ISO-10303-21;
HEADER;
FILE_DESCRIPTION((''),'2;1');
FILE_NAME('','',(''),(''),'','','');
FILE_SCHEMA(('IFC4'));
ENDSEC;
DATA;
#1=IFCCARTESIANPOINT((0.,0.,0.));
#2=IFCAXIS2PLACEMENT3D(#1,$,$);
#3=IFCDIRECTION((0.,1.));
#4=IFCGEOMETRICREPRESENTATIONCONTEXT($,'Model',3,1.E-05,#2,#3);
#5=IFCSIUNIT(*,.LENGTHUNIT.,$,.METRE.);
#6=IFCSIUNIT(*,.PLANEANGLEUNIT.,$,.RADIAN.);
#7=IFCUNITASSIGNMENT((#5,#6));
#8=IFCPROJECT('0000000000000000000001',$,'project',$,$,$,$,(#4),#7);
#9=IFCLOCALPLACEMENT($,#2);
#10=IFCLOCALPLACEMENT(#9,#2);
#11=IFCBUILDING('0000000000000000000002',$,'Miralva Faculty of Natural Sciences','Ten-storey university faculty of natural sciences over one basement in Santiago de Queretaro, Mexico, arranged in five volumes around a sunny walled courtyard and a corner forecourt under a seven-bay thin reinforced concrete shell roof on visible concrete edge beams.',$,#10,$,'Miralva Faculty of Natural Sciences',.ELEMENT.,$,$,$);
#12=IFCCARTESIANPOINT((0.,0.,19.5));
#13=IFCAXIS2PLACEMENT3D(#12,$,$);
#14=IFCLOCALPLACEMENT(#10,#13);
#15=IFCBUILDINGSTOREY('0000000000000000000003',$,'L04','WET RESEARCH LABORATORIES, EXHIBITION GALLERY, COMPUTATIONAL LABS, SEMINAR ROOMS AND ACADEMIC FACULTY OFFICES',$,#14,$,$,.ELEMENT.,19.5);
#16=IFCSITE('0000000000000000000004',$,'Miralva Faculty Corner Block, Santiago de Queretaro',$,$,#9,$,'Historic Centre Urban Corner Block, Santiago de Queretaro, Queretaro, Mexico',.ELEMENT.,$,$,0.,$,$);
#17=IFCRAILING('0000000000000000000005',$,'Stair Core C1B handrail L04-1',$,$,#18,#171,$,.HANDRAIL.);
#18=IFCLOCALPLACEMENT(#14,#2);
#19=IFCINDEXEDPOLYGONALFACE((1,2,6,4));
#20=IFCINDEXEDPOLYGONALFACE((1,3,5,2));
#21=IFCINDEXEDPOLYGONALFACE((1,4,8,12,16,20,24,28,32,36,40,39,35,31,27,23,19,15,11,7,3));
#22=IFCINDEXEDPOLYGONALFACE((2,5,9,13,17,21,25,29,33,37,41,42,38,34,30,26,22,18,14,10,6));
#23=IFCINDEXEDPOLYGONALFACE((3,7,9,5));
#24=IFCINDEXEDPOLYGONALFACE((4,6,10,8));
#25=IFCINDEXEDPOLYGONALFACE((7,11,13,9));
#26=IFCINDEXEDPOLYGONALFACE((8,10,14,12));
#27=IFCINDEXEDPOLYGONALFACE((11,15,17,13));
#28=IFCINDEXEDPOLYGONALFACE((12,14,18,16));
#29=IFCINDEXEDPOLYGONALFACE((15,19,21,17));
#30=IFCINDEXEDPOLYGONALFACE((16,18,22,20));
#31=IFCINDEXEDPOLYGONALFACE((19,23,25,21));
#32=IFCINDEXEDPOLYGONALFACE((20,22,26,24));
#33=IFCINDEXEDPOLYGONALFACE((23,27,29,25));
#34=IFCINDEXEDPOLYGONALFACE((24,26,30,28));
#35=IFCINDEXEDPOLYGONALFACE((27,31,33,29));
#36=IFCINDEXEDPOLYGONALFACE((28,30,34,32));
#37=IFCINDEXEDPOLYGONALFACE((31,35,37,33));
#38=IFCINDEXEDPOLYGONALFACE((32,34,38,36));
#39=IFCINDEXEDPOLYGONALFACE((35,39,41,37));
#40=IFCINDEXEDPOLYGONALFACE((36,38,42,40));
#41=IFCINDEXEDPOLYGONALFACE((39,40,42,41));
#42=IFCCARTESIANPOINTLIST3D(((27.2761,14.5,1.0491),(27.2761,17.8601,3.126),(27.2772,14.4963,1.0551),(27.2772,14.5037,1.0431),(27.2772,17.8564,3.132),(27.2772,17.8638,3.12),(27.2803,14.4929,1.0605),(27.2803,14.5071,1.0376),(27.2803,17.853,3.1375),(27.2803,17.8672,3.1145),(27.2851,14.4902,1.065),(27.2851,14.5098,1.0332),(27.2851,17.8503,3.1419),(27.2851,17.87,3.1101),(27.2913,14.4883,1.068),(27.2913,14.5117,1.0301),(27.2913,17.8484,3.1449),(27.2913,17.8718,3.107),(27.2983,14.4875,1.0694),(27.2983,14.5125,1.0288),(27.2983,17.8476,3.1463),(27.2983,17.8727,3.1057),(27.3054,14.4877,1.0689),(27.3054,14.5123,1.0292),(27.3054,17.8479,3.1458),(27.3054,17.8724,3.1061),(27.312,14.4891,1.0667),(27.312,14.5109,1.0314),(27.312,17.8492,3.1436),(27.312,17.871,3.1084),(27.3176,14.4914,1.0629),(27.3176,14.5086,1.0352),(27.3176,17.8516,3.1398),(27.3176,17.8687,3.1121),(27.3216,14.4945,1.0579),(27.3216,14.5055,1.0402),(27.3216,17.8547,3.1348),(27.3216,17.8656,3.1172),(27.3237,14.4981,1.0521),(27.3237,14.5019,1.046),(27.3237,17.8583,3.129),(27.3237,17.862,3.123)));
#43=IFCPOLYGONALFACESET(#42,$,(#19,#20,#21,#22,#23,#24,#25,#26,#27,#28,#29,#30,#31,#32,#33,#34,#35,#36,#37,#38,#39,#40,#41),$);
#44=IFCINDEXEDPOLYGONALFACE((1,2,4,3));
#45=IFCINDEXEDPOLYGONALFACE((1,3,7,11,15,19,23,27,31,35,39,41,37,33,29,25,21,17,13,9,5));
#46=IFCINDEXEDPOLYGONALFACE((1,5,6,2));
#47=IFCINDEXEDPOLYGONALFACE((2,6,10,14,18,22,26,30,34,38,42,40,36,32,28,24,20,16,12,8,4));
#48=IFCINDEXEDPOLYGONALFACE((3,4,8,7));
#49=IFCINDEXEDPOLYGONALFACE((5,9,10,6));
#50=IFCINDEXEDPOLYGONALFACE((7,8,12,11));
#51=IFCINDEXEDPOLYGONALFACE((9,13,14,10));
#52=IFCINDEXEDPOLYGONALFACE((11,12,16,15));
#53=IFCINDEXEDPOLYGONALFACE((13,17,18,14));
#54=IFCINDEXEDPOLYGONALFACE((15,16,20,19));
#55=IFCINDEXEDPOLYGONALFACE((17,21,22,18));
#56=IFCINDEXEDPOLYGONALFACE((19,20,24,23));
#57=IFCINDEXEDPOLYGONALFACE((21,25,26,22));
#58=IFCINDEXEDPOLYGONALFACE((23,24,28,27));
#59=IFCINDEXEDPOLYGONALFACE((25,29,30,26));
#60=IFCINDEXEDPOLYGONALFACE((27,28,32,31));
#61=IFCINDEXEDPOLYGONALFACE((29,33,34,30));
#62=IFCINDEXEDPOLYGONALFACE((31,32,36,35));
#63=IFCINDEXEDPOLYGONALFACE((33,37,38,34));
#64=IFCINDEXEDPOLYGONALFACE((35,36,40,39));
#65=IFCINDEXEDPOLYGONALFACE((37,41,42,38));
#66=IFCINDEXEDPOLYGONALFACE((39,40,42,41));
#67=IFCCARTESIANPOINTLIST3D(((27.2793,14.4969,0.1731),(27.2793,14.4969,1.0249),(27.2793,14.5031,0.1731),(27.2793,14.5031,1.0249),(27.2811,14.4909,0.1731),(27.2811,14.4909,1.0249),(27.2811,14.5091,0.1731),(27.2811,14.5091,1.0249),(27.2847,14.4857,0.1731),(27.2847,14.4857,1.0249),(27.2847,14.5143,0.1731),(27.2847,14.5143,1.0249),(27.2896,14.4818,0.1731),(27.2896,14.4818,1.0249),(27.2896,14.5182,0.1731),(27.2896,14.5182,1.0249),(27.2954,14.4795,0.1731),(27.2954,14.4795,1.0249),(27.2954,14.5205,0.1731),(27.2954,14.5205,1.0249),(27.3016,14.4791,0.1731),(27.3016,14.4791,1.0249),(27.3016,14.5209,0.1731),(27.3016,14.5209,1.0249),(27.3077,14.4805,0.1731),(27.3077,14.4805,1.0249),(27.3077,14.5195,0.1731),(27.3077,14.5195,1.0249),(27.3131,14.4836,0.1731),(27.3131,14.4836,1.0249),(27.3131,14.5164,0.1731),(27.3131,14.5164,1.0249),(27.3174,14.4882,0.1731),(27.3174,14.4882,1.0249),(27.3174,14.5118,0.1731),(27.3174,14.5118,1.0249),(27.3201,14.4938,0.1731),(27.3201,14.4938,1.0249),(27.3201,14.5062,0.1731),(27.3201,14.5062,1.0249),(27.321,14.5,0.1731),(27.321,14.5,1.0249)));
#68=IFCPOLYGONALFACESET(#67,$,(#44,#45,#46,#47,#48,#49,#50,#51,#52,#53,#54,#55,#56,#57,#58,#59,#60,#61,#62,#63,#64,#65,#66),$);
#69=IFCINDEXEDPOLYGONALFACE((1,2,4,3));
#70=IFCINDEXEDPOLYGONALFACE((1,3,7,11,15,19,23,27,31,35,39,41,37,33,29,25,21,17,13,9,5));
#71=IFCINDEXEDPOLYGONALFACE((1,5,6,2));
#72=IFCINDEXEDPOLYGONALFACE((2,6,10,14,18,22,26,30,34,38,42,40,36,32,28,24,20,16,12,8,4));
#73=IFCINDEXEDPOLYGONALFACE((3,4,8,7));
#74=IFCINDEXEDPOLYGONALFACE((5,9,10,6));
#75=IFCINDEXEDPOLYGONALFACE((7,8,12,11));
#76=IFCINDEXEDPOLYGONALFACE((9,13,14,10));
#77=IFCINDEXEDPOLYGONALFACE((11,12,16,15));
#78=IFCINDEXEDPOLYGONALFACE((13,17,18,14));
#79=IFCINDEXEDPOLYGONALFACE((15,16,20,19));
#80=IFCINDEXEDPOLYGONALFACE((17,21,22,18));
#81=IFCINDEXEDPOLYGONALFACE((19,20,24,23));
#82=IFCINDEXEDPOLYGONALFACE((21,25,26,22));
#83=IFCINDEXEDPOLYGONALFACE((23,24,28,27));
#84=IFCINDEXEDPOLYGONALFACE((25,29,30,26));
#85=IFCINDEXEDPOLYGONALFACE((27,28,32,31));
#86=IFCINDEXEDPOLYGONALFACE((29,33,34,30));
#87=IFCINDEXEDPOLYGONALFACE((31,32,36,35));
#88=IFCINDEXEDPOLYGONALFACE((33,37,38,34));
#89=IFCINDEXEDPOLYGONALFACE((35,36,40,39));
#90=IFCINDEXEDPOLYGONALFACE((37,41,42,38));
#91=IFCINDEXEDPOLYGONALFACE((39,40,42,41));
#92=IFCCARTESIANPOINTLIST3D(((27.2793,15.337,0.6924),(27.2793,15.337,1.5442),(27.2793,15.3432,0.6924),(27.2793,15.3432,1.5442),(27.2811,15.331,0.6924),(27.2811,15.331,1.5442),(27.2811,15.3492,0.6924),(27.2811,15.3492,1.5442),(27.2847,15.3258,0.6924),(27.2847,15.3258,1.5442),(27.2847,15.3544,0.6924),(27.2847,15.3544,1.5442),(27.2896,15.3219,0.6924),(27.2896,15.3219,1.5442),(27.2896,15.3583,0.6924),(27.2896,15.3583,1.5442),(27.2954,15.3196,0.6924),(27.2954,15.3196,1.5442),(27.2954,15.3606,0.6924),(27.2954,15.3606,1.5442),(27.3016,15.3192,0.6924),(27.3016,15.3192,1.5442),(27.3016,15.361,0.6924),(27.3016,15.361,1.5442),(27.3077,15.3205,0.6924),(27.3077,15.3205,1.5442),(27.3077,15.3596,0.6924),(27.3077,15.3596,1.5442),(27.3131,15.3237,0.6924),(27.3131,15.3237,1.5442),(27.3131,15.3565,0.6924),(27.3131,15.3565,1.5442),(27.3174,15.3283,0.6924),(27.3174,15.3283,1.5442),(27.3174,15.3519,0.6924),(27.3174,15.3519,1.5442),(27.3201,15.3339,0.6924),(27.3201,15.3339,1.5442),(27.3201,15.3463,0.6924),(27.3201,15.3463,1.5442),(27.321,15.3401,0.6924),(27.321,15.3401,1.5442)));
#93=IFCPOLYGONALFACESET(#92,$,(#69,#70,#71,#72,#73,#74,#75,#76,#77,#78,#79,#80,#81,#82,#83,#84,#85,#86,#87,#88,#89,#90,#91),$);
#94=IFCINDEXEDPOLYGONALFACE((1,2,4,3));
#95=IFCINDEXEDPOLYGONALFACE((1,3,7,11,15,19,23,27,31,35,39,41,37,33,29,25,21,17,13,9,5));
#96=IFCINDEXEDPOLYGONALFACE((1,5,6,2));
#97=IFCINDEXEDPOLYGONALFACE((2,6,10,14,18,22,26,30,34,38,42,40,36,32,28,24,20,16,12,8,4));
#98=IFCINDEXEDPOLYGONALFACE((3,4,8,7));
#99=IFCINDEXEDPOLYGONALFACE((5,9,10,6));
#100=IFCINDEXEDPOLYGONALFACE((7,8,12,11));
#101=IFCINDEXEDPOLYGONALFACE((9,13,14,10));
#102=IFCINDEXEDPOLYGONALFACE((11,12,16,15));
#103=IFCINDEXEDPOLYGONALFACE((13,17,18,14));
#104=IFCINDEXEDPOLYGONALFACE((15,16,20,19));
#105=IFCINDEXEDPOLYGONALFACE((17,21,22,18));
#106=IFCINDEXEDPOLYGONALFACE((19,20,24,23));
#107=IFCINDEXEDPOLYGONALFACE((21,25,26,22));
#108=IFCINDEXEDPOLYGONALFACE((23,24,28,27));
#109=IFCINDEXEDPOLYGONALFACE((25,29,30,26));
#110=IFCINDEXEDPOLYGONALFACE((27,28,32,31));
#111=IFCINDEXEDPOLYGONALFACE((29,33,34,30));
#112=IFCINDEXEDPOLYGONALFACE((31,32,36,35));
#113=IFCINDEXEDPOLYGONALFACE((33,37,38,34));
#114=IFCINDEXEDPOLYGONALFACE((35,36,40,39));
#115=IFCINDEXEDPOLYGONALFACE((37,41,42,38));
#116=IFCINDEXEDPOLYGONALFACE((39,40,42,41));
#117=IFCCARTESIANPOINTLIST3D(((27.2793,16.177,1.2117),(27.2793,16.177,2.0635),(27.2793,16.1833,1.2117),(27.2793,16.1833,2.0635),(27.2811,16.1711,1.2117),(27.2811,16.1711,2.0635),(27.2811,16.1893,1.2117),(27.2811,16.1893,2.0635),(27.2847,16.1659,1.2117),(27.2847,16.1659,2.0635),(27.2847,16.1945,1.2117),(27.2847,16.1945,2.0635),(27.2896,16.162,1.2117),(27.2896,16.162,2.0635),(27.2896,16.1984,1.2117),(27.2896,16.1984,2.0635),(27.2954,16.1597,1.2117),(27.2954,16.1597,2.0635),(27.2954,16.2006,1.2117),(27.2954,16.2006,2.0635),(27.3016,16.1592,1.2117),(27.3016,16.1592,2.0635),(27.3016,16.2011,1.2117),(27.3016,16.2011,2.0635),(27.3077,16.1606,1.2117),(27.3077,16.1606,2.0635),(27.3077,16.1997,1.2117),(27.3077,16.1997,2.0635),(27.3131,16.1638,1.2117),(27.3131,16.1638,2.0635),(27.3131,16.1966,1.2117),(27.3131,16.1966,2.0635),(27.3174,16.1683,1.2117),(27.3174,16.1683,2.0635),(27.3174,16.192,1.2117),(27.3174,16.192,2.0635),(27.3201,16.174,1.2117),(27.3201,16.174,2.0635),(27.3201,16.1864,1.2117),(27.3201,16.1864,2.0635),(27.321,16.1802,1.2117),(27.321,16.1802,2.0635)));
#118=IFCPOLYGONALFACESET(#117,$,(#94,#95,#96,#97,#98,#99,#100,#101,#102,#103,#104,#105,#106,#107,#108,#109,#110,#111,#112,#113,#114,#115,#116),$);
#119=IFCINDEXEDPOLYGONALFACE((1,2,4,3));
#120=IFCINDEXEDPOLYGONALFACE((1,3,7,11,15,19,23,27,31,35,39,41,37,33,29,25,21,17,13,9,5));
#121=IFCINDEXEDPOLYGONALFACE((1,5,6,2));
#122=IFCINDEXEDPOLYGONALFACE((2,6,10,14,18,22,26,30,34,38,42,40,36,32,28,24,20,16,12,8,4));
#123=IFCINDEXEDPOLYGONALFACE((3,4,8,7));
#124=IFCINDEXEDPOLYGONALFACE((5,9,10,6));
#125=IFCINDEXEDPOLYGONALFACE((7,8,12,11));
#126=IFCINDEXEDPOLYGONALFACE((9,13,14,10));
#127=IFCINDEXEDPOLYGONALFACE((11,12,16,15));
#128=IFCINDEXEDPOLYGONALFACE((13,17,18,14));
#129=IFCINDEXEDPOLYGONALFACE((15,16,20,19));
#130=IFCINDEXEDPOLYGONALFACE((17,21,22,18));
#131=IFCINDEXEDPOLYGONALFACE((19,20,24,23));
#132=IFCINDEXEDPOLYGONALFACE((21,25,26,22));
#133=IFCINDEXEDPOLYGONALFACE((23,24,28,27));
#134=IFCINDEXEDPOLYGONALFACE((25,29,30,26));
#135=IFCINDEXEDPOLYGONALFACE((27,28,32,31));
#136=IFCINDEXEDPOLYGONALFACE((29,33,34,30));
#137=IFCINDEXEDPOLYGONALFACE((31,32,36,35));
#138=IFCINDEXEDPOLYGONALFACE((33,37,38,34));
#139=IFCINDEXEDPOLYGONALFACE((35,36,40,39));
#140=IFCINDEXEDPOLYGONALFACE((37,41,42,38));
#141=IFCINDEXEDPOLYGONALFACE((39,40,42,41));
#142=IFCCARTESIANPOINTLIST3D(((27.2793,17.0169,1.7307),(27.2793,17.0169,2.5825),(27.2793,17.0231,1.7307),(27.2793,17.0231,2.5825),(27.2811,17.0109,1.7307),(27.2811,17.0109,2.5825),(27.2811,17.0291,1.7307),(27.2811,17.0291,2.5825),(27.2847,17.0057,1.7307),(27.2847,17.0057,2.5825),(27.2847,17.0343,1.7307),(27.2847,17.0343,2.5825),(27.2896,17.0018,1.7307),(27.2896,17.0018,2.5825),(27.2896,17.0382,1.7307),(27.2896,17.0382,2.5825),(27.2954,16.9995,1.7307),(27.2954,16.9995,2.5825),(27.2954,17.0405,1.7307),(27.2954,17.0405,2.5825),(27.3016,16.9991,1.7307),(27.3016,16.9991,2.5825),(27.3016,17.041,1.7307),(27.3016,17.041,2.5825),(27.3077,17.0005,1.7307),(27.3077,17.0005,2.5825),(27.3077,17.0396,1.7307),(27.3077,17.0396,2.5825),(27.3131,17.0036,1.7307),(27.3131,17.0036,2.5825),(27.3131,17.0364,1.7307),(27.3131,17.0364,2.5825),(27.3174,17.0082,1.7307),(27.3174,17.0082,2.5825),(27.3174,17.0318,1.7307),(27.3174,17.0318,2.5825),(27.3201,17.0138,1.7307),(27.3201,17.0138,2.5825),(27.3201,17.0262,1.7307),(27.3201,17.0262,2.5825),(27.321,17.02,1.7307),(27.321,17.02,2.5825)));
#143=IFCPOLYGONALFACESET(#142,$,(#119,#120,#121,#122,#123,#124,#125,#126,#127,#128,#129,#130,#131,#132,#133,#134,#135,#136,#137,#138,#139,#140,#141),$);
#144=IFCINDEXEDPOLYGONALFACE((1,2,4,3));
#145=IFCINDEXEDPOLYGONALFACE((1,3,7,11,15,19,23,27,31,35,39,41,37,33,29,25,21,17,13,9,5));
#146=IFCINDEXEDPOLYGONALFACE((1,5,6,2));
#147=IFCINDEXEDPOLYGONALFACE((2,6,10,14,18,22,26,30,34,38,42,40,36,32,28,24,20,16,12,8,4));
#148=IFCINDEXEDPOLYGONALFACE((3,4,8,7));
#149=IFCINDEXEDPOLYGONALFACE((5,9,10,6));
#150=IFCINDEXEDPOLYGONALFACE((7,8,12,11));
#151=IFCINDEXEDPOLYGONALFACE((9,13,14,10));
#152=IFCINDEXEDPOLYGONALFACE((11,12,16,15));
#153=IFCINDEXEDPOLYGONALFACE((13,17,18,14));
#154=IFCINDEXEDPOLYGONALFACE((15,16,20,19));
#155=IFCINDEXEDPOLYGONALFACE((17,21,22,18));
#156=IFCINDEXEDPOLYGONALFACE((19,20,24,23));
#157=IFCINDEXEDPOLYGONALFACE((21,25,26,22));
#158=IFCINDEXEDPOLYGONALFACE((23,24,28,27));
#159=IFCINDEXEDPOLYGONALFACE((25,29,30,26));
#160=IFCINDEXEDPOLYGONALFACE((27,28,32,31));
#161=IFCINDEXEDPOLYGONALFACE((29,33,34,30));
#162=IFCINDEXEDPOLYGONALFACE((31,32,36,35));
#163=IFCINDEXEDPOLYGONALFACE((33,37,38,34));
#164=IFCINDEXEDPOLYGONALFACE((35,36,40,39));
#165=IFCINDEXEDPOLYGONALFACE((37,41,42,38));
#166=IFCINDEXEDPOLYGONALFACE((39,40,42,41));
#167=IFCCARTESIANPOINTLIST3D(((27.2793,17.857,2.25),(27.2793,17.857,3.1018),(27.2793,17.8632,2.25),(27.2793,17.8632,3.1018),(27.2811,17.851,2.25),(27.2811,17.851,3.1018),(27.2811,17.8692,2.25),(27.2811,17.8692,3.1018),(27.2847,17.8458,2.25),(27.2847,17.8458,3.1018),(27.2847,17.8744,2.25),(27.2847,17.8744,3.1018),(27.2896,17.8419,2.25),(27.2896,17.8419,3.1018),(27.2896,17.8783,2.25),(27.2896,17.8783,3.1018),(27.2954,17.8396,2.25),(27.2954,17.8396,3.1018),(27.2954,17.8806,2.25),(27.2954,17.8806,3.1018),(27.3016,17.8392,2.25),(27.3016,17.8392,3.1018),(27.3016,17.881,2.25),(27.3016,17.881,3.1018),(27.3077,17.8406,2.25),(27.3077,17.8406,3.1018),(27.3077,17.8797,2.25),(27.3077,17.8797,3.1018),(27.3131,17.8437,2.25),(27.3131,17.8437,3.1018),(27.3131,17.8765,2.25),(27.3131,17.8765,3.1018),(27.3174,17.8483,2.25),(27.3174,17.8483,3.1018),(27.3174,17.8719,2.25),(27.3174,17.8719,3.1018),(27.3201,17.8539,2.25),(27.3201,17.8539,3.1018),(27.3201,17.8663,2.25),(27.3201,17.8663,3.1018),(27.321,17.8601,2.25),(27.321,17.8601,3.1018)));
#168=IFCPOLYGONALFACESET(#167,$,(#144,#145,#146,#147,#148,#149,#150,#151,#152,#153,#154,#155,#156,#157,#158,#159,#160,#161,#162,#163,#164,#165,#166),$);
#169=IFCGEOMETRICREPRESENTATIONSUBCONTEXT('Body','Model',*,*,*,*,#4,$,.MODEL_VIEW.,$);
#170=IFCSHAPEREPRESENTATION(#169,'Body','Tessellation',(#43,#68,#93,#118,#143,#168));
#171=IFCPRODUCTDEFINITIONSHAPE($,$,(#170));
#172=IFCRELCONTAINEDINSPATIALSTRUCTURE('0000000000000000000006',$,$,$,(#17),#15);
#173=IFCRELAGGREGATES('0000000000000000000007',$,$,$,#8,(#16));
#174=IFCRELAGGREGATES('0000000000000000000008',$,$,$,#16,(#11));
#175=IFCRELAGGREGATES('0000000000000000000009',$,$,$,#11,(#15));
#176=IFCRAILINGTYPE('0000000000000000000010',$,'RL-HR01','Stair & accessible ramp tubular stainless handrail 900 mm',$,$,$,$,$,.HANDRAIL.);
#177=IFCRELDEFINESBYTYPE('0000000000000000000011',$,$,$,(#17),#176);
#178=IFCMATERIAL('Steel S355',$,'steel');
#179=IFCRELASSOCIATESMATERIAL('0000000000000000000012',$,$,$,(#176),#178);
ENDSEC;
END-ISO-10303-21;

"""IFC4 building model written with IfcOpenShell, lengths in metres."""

from ifc_helpers import new_model, si_unit, direction, frame, origin, origin_2d, place, context, subcontext, project, spatial, circle, extrude, material, type_object, element, save


model = new_model("IFC4")

# Units and contexts
model_context = context("Model", 3, precision=1e-05, world=origin(), true_north=direction((0.0, 1.0)))
body_context = subcontext(model_context, "Body", "Model", "MODEL_VIEW")
ifc_project = project(units=[si_unit("LENGTHUNIT", "METRE"), si_unit("PLANEANGLEUNIT", "RADIAN")], contexts=[model_context])

# Site, building, storey
site_placement = place(None, origin())
site = spatial("IfcSite", under=ifc_project, at=site_placement, Name="Miralva Faculty Corner Block, Santiago de Queretaro", LongName="Historic Centre Urban Corner Block, Santiago de Queretaro, Queretaro, Mexico", CompositionType="ELEMENT", RefElevation=0.0)
building_placement = place(site_placement, origin())
building = spatial("IfcBuilding", under=site, at=building_placement, Name="Miralva Faculty of Natural Sciences", Description="Ten-storey university faculty of natural sciences over one basement in Santiago de Queretaro, Mexico, arranged in five volumes around a sunny walled courtyard and a corner forecourt under a seven-bay thin reinforced concrete shell roof on visible concrete edge beams.", LongName="Miralva Faculty of Natural Sciences", CompositionType="ELEMENT")
storey_placement = place(building_placement, frame((0.0, 0.0, 19.5)))
storey = spatial("IfcBuildingStorey", under=building, at=storey_placement, Name="L04", Description="WET RESEARCH LABORATORIES, EXHIBITION GALLERY, COMPUTATIONAL LABS, SEMINAR ROOMS AND ACADEMIC FACULTY OFFICES", CompositionType="ELEMENT", Elevation=19.5)

# Railing
ifc_material_1 = material(Name="Steel S355", Category="steel")
railing_type_1 = type_object("IfcRailingType", Name="RL-HR01", Description="Stair & accessible ramp tubular stainless handrail 900 mm", PredefinedType="HANDRAIL", material=ifc_material_1)
railing_1_placement = place(storey_placement, frame((27.3, 14.5, 0.1731)))
element("IfcRailing", 1, at=railing_1_placement, inside=storey, type_object=railing_type_1, Name="Stair Core C1B handrail L04-1", PredefinedType="HANDRAIL", context=body_context, shape_type="SweptSolid", body=[
    extrude(circle(Radius=0.0239, at=origin_2d()), frame((0.0, 0.0, 0.876), z_axis=(0.0, 0.850623, 0.525776), x_axis=(-1.0, 0.0, 0.0)), (0.0, 0.0, 1.0), 3.9502),
    extrude(circle(Radius=0.021, at=origin_2d()), origin(), (0.0, 0.0, 1.0), 0.8518),
    extrude(circle(Radius=0.021, at=origin_2d()), frame((0.0, 0.8401, 0.5193)), (0.0, 0.0, 1.0), 0.8518),
    extrude(circle(Radius=0.021, at=origin_2d()), frame((0.0, 1.6802, 1.0386)), (0.0, 0.0, 1.0), 0.8518),
    extrude(circle(Radius=0.021, at=origin_2d()), frame((0.0, 2.52, 1.5576)), (0.0, 0.0, 1.0), 0.8518),
    extrude(circle(Radius=0.021, at=origin_2d()), frame((0.0, 3.3601, 2.0769)), (0.0, 0.0, 1.0), 0.8518),
])

save(model, "model.ifc")
